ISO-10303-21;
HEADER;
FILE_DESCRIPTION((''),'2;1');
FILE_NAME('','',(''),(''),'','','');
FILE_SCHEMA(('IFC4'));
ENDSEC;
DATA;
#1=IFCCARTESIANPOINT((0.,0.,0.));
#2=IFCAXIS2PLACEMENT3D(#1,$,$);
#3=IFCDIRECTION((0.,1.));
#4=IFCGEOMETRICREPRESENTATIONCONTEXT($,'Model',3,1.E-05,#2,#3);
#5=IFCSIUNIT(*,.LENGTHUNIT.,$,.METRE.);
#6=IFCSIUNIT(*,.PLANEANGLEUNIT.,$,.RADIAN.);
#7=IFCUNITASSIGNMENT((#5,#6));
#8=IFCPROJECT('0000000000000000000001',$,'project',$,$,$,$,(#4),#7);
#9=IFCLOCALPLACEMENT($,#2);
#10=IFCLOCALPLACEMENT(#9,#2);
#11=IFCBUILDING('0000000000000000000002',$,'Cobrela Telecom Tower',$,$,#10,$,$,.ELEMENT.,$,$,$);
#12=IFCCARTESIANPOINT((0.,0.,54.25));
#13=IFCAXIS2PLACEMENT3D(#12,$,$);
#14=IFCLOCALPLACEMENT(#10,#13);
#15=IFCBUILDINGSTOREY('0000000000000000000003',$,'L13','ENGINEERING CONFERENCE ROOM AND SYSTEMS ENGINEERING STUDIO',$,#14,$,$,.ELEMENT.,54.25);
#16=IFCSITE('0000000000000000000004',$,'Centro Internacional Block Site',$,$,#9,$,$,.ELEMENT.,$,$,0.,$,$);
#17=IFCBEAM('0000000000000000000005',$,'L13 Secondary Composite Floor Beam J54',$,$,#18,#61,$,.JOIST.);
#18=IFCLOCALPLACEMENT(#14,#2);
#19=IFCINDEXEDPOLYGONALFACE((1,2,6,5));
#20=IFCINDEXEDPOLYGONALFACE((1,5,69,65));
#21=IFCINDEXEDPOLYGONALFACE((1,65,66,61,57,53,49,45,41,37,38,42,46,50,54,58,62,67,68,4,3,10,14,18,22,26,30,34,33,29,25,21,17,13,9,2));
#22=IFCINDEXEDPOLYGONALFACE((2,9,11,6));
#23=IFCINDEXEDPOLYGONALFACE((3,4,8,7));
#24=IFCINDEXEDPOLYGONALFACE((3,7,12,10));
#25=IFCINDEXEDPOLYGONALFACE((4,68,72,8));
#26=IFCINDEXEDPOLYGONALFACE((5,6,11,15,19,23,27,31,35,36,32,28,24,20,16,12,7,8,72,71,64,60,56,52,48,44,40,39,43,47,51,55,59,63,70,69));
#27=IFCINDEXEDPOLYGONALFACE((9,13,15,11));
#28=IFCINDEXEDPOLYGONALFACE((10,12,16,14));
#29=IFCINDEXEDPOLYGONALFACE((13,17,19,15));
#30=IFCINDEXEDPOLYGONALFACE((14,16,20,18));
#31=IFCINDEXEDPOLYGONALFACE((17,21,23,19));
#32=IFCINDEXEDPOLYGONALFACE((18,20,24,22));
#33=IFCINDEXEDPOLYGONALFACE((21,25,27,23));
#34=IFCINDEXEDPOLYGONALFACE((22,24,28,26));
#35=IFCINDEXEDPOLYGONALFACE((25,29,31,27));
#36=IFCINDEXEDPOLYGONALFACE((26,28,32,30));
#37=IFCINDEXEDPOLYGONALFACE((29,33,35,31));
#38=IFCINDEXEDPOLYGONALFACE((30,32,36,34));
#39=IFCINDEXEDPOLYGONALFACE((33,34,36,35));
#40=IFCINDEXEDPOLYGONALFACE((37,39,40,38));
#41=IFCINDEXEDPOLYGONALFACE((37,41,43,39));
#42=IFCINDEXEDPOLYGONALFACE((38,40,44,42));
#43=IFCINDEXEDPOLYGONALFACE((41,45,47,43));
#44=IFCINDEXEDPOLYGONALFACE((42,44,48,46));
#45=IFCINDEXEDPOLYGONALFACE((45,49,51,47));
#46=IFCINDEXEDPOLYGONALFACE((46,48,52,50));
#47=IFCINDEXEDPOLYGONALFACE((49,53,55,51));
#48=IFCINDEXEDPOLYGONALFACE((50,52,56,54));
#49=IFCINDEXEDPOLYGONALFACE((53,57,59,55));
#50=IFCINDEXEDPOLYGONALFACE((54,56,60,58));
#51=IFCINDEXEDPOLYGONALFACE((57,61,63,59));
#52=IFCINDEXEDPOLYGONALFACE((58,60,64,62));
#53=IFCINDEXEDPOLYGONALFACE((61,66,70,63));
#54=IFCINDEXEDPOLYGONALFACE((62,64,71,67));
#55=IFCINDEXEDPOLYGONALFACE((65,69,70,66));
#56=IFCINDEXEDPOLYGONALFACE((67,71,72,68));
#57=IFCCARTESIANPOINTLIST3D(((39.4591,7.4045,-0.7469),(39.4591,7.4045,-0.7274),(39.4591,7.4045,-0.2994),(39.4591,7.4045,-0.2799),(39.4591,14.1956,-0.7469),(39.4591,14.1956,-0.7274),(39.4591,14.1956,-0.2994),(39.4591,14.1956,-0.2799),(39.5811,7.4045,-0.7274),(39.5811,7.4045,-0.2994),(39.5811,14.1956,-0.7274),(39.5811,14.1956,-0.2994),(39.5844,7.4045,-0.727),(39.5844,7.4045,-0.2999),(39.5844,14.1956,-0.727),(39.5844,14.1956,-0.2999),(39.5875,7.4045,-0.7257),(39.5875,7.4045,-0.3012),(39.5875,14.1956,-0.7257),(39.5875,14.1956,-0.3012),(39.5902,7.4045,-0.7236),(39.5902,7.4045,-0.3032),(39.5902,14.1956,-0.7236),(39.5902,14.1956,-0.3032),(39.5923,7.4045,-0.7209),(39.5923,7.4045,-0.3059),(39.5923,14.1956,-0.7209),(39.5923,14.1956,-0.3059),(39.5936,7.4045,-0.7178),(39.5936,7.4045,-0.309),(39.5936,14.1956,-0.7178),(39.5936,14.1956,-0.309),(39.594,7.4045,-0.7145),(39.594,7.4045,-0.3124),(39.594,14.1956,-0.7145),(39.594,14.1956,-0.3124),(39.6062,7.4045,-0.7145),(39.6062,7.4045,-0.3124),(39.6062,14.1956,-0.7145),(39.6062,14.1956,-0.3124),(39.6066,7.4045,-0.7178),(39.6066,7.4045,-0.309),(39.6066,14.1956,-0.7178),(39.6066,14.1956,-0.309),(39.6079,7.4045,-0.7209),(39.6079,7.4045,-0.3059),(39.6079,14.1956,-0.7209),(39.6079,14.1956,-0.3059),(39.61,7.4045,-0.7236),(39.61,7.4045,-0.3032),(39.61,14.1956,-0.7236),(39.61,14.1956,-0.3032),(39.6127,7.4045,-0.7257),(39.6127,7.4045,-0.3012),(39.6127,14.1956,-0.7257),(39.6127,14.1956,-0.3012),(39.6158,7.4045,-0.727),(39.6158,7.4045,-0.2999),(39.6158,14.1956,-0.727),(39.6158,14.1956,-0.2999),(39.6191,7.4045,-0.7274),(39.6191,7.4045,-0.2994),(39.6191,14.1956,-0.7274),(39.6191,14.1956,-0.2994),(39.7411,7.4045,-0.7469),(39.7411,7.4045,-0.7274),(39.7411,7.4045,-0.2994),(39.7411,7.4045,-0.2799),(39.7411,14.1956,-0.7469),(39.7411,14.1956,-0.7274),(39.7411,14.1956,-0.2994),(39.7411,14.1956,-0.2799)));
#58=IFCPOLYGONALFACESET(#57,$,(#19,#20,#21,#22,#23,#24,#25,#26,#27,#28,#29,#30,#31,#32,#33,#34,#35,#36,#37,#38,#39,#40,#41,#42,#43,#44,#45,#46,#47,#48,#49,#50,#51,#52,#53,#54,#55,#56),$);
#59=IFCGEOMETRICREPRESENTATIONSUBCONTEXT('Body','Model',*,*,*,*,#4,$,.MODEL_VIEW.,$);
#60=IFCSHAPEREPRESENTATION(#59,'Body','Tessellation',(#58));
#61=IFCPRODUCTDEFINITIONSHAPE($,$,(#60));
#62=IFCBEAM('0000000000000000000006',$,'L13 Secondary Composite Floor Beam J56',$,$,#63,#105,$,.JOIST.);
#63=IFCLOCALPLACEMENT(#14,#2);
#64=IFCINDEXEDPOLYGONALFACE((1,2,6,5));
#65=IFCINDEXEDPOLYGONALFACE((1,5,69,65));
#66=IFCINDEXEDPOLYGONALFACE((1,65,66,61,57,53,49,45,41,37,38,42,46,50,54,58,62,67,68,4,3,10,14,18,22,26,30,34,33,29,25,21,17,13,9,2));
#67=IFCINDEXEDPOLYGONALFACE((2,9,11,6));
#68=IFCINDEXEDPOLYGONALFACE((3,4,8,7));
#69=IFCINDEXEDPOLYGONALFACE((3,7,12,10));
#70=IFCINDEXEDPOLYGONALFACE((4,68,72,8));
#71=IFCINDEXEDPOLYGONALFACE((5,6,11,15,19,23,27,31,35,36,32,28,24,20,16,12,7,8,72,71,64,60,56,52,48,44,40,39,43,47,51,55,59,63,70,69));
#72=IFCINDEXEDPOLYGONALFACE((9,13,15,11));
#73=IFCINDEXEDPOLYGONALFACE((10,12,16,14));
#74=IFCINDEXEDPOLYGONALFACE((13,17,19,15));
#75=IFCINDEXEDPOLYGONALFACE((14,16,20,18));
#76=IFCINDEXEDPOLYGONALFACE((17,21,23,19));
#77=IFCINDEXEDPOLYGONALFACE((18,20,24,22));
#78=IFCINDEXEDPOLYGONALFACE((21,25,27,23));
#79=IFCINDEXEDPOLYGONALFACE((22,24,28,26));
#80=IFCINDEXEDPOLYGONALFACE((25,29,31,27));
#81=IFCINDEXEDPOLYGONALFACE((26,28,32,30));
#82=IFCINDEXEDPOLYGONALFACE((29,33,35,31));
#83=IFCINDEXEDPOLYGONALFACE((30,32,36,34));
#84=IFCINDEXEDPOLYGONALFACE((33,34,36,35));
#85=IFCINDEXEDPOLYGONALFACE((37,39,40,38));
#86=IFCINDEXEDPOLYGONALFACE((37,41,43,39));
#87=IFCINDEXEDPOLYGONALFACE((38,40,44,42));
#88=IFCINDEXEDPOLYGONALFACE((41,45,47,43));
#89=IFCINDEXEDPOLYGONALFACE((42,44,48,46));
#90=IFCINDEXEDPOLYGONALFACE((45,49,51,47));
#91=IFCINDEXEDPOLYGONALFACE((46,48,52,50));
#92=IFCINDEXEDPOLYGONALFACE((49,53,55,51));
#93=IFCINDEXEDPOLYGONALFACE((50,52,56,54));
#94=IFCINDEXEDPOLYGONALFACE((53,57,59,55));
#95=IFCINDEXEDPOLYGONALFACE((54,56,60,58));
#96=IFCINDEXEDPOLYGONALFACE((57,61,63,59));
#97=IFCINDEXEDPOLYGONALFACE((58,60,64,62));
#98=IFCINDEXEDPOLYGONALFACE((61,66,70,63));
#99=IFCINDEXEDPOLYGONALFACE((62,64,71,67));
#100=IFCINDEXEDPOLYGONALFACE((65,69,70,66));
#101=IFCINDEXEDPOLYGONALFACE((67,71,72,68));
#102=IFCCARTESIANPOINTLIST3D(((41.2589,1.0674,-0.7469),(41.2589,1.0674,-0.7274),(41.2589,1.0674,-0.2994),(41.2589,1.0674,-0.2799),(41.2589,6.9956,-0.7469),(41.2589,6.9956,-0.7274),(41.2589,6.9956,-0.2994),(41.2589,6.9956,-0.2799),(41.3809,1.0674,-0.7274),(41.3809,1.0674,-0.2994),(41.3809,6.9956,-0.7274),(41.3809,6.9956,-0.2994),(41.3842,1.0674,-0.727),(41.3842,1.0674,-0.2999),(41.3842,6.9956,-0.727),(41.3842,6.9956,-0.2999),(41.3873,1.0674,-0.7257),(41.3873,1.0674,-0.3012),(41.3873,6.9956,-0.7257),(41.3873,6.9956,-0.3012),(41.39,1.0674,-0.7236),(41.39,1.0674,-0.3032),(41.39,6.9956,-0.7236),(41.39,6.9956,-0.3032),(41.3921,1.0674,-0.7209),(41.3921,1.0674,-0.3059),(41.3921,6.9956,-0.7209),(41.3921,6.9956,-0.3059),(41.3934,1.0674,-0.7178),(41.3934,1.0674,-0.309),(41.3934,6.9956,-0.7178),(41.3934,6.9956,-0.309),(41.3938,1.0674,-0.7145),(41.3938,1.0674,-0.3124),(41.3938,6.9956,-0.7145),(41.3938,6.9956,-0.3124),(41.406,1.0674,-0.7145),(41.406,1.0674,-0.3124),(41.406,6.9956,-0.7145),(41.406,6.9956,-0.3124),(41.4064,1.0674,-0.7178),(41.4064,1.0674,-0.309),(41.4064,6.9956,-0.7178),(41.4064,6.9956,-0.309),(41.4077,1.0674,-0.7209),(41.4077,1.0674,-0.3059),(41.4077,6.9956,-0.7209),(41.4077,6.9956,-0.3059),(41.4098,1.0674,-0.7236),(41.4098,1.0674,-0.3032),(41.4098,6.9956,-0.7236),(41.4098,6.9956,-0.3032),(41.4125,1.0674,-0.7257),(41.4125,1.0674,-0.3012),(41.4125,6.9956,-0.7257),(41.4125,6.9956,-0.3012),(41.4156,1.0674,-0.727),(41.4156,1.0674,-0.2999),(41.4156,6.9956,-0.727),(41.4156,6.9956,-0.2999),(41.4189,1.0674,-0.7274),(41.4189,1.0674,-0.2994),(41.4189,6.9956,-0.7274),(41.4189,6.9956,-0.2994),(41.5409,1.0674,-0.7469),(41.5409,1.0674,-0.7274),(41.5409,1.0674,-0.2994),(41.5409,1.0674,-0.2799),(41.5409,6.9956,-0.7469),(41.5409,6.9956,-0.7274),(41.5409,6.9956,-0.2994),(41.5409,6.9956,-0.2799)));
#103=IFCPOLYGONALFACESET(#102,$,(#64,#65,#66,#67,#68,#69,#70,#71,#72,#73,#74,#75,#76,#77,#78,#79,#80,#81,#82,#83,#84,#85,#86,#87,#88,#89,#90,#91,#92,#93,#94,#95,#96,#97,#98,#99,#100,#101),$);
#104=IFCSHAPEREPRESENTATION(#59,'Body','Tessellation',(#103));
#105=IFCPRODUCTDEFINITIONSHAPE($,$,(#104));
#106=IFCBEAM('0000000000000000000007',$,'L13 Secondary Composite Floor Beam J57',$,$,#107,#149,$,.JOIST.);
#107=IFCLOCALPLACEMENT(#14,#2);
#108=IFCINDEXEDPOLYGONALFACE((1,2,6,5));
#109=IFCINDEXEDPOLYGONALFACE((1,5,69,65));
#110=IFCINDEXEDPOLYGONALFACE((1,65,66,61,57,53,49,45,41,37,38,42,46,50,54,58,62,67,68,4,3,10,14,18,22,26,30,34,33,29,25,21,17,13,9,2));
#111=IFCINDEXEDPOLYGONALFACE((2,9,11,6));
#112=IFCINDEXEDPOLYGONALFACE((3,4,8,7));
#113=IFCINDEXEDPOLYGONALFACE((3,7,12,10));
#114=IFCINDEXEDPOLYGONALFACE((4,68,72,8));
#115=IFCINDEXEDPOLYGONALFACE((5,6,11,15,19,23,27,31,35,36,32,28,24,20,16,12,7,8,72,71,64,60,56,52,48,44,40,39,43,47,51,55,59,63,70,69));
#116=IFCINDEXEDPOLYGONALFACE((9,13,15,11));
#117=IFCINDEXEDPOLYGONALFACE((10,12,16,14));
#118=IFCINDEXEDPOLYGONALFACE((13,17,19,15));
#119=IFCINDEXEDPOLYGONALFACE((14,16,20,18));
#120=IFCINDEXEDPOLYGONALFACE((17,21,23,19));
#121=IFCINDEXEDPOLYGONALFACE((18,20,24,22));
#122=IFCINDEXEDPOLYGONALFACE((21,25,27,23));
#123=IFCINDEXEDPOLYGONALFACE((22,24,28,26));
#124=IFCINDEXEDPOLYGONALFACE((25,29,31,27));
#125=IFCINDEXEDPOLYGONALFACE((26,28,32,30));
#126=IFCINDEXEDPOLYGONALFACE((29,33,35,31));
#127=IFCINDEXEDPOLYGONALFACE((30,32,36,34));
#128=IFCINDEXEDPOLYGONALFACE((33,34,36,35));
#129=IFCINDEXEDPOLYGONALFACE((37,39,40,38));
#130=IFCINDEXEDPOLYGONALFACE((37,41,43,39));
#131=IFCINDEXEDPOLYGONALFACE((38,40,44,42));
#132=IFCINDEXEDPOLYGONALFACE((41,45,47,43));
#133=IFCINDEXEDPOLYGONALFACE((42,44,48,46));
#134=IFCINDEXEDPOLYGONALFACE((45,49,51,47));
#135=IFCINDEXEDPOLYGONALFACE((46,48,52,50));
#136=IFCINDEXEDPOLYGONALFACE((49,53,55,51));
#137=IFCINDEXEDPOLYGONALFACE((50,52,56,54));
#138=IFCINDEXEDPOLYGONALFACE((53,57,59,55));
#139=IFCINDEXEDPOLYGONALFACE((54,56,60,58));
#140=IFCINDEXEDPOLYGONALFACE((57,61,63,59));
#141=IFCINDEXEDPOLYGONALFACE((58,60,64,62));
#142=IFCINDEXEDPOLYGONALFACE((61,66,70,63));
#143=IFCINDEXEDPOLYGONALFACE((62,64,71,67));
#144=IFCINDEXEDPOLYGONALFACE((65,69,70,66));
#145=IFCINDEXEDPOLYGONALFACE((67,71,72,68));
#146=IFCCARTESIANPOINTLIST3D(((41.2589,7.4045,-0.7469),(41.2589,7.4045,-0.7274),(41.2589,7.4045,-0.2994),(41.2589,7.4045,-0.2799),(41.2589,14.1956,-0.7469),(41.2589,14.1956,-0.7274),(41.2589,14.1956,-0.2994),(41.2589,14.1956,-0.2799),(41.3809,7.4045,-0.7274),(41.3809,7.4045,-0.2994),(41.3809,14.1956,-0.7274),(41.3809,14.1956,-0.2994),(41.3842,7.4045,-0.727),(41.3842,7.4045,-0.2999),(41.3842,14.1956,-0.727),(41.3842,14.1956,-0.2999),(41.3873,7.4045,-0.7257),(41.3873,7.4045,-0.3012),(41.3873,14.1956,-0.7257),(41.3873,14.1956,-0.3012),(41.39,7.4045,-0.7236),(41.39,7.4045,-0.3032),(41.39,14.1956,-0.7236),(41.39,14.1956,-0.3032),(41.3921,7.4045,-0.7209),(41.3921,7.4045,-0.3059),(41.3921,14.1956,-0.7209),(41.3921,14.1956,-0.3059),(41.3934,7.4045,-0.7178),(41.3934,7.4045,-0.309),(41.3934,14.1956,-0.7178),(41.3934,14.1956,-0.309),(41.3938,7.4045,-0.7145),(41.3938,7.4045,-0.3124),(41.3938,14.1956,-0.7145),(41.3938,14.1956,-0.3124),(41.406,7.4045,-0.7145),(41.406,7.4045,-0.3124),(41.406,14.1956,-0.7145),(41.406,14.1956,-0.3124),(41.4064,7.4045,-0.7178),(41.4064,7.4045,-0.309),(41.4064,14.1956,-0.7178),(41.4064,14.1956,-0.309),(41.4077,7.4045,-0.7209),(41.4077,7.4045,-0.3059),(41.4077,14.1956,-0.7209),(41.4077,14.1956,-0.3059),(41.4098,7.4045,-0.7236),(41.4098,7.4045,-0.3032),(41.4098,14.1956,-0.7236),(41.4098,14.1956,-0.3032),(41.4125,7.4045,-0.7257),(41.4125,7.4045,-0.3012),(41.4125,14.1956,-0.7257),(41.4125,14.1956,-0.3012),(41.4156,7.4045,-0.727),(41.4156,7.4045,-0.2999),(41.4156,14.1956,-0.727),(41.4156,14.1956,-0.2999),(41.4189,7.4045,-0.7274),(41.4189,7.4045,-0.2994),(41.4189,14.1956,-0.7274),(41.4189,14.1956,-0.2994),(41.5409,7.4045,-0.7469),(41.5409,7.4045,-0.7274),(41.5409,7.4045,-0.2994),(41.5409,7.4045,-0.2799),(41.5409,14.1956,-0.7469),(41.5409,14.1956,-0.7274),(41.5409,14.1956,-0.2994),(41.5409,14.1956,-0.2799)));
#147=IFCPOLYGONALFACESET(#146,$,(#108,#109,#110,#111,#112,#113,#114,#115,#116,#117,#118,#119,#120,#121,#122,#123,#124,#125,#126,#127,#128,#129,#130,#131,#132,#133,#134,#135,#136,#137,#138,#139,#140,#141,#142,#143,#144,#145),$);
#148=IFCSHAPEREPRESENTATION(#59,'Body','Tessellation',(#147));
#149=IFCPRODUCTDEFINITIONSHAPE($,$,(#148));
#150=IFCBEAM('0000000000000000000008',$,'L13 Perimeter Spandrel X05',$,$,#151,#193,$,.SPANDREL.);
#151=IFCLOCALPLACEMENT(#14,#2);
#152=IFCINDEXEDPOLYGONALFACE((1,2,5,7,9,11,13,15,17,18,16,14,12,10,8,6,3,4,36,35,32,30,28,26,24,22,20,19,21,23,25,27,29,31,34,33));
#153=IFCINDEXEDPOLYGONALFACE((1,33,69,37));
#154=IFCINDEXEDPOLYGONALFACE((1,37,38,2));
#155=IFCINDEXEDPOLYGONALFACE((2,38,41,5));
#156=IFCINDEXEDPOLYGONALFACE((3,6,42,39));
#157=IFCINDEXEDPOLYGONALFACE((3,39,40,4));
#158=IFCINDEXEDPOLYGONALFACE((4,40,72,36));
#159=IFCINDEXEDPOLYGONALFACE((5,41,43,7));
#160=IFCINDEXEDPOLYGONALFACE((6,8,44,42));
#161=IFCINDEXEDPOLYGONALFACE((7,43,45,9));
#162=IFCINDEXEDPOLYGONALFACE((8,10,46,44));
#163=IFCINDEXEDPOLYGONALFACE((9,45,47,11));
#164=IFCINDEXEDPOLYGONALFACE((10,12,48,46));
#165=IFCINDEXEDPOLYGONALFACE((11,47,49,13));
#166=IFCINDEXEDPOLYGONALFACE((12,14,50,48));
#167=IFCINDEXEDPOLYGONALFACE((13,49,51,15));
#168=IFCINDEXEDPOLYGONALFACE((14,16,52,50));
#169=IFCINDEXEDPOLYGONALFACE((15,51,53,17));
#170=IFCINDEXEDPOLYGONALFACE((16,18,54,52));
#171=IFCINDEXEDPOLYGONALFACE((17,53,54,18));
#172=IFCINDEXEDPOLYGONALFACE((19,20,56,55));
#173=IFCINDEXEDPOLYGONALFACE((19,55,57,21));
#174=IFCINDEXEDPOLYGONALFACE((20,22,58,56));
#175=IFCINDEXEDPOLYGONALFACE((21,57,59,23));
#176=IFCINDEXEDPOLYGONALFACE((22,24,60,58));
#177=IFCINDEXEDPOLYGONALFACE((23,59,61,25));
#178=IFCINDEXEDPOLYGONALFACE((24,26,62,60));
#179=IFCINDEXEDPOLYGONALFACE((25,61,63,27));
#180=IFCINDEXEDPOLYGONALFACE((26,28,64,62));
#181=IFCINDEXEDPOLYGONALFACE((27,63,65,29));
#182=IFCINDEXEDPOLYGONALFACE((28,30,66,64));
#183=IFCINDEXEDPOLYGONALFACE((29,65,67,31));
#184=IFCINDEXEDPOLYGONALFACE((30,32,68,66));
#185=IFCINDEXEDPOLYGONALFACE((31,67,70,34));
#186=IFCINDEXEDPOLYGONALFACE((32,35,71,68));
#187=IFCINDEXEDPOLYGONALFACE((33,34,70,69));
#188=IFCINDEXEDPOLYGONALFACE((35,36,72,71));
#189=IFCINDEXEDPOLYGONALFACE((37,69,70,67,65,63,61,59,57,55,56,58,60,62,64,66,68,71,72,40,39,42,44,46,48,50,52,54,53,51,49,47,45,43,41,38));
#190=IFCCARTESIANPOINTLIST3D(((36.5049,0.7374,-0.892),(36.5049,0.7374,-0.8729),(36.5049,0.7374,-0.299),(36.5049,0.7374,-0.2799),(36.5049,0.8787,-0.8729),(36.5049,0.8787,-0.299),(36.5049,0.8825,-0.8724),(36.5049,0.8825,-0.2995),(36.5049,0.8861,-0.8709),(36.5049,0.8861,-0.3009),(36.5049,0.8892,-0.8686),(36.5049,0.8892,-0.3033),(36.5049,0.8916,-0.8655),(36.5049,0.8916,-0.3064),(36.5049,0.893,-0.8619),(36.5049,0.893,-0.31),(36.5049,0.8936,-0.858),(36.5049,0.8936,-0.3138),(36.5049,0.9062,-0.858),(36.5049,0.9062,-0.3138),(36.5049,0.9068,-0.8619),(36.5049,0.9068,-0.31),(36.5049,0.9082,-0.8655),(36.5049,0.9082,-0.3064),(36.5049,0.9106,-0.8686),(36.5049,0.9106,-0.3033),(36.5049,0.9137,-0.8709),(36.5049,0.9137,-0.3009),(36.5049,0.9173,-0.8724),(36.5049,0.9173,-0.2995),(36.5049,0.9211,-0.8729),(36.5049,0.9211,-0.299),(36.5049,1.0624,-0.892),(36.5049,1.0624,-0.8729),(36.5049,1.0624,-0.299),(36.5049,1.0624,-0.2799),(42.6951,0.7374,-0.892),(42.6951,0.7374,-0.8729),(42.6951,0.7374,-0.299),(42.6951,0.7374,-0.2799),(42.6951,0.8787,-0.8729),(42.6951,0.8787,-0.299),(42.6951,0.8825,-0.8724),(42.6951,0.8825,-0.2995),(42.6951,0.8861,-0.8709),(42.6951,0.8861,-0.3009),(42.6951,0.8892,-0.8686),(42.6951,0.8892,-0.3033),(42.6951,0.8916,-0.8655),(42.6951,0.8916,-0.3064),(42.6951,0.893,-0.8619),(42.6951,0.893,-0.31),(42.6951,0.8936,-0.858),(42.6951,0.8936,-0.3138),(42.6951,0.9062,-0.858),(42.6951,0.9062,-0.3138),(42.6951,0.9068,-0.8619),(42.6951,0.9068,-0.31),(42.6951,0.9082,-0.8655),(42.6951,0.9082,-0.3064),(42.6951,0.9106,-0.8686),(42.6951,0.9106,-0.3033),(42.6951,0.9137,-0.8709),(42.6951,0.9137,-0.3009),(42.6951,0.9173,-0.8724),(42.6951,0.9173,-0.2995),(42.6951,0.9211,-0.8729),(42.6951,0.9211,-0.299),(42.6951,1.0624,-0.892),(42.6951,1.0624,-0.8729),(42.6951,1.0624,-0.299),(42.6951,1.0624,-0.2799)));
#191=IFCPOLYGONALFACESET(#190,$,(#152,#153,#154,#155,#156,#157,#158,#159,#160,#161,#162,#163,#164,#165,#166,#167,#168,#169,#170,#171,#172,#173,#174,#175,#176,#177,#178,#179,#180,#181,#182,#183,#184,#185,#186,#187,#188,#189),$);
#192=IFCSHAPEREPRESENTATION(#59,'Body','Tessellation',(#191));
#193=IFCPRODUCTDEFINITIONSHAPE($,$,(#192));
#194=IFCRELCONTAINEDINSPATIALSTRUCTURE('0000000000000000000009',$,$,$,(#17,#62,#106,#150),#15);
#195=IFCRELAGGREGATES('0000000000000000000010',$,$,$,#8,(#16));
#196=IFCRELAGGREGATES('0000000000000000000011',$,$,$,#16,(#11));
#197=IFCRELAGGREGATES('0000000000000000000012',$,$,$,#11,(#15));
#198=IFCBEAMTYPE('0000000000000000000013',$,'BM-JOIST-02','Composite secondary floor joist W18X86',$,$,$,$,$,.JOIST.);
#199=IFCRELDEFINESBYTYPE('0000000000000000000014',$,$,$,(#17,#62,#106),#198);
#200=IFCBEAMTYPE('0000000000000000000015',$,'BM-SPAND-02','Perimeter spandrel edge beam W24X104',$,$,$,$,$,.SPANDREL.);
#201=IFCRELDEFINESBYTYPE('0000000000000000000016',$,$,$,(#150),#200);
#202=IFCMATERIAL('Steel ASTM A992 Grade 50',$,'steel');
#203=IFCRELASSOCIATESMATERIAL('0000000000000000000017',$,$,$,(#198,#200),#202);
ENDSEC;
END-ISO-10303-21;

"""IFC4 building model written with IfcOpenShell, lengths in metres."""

from ifc_helpers import new_model, si_unit, direction, frame, origin, origin_2d, place, context, subcontext, project, spatial, i_section, extrude, material, material_profile, profile_set, type_object, element, save


model = new_model("IFC4")

# Units and contexts
model_context = context("Model", 3, precision=1e-05, world=origin(), true_north=direction((0.0, 1.0)))
body_context = subcontext(model_context, "Body", "Model", "MODEL_VIEW")
ifc_project = project(units=[si_unit("LENGTHUNIT", "METRE"), si_unit("PLANEANGLEUNIT", "RADIAN")], contexts=[model_context])

# Site, building, storey
site_placement = place(None, origin())
site = spatial("IfcSite", under=ifc_project, at=site_placement, Name="Centro Internacional Block Site", CompositionType="ELEMENT", RefElevation=0.0)
building_placement = place(site_placement, origin())
building = spatial("IfcBuilding", under=site, at=building_placement, Name="Cobrela Telecom Tower", CompositionType="ELEMENT")
storey_placement = place(building_placement, frame((0.0, 0.0, 54.25)))
storey = spatial("IfcBuildingStorey", under=building, at=storey_placement, Name="L13", Description="ENGINEERING CONFERENCE ROOM AND SYSTEMS ENGINEERING STUDIO", CompositionType="ELEMENT", Elevation=54.25)

# Shared definitions
ifc_material_1 = material(Name="Steel ASTM A992 Grade 50", Category="steel")

# Beams
ifc_material_profile_1 = material_profile(ifc_material_1, i_section(OverallWidth=0.282, OverallDepth=0.467, WebThickness=0.0122, FlangeThickness=0.0195, FilletRadius=0.0129, at=origin_2d()), Name="W18X86")
ifc_profile_set_1 = profile_set([ifc_material_profile_1], Name="Steel ASTM A992 Grade 50")
beam_type_1 = type_object("IfcBeamType", Name="BM-JOIST-02", Description="Composite secondary floor joist W18X86", PredefinedType="JOIST", material=ifc_profile_set_1)
beam_1_placement = place(storey_placement, frame((39.6001, 7.4045, -0.5134), z_axis=(0.0, 1.0, 0.0), x_axis=(-1.0, 0.0, 0.0)))
element("IfcBeam", 1, at=beam_1_placement, inside=storey, type_object=beam_type_1, Name="L13 Secondary Composite Floor Beam J54", PredefinedType="JOIST", context=body_context, shape_type="SweptSolid", body=[
    extrude(i_section(OverallWidth=0.282, OverallDepth=0.467, WebThickness=0.0122, FlangeThickness=0.0195, FilletRadius=0.0129, at=origin_2d()), origin(), (0.0, 0.0, 1.0), 6.791),
])
beam_2_placement = place(storey_placement, frame((41.3999, 1.0674, -0.5134), z_axis=(0.0, 1.0, 0.0), x_axis=(-1.0, 0.0, 0.0)))
element("IfcBeam", 2, at=beam_2_placement, inside=storey, type_object=beam_type_1, Name="L13 Secondary Composite Floor Beam J56", PredefinedType="JOIST", context=body_context, shape_type="SweptSolid", body=[
    extrude(i_section(OverallWidth=0.282, OverallDepth=0.467, WebThickness=0.0122, FlangeThickness=0.0195, FilletRadius=0.0129, at=origin_2d()), origin(), (0.0, 0.0, 1.0), 5.9282),
])
beam_3_placement = place(storey_placement, frame((41.3999, 7.4045, -0.5134), z_axis=(0.0, 1.0, 0.0), x_axis=(-1.0, 0.0, 0.0)))
element("IfcBeam", 3, at=beam_3_placement, inside=storey, type_object=beam_type_1, Name="L13 Secondary Composite Floor Beam J57", PredefinedType="JOIST", context=body_context, shape_type="SweptSolid", body=[
    extrude(i_section(OverallWidth=0.282, OverallDepth=0.467, WebThickness=0.0122, FlangeThickness=0.0195, FilletRadius=0.0129, at=origin_2d()), origin(), (0.0, 0.0, 1.0), 6.791),
])
ifc_material_profile_2 = material_profile(ifc_material_1, i_section(OverallWidth=0.325, OverallDepth=0.6121, WebThickness=0.0127, FlangeThickness=0.019, FilletRadius=0.0149, at=origin_2d()), Name="W24X104")
ifc_profile_set_2 = profile_set([ifc_material_profile_2], Name="Steel ASTM A992 Grade 50")
beam_type_2 = type_object("IfcBeamType", Name="BM-SPAND-02", Description="Perimeter spandrel edge beam W24X104", PredefinedType="SPANDREL", material=ifc_profile_set_2)
beam_4_placement = place(storey_placement, frame((36.5049, 0.8999, -0.5859), z_axis=(1.0, 0.0, 0.0), x_axis=(0.0, 1.0, 0.0)))
element("IfcBeam", 4, at=beam_4_placement, inside=storey, type_object=beam_type_2, Name="L13 Perimeter Spandrel X05", PredefinedType="SPANDREL", context=body_context, shape_type="SweptSolid", body=[
    extrude(i_section(OverallWidth=0.325, OverallDepth=0.6121, WebThickness=0.0127, FlangeThickness=0.019, FilletRadius=0.0149, at=origin_2d()), origin(), (0.0, 0.0, 1.0), 6.1902),
])

save(model, "model.ifc")
